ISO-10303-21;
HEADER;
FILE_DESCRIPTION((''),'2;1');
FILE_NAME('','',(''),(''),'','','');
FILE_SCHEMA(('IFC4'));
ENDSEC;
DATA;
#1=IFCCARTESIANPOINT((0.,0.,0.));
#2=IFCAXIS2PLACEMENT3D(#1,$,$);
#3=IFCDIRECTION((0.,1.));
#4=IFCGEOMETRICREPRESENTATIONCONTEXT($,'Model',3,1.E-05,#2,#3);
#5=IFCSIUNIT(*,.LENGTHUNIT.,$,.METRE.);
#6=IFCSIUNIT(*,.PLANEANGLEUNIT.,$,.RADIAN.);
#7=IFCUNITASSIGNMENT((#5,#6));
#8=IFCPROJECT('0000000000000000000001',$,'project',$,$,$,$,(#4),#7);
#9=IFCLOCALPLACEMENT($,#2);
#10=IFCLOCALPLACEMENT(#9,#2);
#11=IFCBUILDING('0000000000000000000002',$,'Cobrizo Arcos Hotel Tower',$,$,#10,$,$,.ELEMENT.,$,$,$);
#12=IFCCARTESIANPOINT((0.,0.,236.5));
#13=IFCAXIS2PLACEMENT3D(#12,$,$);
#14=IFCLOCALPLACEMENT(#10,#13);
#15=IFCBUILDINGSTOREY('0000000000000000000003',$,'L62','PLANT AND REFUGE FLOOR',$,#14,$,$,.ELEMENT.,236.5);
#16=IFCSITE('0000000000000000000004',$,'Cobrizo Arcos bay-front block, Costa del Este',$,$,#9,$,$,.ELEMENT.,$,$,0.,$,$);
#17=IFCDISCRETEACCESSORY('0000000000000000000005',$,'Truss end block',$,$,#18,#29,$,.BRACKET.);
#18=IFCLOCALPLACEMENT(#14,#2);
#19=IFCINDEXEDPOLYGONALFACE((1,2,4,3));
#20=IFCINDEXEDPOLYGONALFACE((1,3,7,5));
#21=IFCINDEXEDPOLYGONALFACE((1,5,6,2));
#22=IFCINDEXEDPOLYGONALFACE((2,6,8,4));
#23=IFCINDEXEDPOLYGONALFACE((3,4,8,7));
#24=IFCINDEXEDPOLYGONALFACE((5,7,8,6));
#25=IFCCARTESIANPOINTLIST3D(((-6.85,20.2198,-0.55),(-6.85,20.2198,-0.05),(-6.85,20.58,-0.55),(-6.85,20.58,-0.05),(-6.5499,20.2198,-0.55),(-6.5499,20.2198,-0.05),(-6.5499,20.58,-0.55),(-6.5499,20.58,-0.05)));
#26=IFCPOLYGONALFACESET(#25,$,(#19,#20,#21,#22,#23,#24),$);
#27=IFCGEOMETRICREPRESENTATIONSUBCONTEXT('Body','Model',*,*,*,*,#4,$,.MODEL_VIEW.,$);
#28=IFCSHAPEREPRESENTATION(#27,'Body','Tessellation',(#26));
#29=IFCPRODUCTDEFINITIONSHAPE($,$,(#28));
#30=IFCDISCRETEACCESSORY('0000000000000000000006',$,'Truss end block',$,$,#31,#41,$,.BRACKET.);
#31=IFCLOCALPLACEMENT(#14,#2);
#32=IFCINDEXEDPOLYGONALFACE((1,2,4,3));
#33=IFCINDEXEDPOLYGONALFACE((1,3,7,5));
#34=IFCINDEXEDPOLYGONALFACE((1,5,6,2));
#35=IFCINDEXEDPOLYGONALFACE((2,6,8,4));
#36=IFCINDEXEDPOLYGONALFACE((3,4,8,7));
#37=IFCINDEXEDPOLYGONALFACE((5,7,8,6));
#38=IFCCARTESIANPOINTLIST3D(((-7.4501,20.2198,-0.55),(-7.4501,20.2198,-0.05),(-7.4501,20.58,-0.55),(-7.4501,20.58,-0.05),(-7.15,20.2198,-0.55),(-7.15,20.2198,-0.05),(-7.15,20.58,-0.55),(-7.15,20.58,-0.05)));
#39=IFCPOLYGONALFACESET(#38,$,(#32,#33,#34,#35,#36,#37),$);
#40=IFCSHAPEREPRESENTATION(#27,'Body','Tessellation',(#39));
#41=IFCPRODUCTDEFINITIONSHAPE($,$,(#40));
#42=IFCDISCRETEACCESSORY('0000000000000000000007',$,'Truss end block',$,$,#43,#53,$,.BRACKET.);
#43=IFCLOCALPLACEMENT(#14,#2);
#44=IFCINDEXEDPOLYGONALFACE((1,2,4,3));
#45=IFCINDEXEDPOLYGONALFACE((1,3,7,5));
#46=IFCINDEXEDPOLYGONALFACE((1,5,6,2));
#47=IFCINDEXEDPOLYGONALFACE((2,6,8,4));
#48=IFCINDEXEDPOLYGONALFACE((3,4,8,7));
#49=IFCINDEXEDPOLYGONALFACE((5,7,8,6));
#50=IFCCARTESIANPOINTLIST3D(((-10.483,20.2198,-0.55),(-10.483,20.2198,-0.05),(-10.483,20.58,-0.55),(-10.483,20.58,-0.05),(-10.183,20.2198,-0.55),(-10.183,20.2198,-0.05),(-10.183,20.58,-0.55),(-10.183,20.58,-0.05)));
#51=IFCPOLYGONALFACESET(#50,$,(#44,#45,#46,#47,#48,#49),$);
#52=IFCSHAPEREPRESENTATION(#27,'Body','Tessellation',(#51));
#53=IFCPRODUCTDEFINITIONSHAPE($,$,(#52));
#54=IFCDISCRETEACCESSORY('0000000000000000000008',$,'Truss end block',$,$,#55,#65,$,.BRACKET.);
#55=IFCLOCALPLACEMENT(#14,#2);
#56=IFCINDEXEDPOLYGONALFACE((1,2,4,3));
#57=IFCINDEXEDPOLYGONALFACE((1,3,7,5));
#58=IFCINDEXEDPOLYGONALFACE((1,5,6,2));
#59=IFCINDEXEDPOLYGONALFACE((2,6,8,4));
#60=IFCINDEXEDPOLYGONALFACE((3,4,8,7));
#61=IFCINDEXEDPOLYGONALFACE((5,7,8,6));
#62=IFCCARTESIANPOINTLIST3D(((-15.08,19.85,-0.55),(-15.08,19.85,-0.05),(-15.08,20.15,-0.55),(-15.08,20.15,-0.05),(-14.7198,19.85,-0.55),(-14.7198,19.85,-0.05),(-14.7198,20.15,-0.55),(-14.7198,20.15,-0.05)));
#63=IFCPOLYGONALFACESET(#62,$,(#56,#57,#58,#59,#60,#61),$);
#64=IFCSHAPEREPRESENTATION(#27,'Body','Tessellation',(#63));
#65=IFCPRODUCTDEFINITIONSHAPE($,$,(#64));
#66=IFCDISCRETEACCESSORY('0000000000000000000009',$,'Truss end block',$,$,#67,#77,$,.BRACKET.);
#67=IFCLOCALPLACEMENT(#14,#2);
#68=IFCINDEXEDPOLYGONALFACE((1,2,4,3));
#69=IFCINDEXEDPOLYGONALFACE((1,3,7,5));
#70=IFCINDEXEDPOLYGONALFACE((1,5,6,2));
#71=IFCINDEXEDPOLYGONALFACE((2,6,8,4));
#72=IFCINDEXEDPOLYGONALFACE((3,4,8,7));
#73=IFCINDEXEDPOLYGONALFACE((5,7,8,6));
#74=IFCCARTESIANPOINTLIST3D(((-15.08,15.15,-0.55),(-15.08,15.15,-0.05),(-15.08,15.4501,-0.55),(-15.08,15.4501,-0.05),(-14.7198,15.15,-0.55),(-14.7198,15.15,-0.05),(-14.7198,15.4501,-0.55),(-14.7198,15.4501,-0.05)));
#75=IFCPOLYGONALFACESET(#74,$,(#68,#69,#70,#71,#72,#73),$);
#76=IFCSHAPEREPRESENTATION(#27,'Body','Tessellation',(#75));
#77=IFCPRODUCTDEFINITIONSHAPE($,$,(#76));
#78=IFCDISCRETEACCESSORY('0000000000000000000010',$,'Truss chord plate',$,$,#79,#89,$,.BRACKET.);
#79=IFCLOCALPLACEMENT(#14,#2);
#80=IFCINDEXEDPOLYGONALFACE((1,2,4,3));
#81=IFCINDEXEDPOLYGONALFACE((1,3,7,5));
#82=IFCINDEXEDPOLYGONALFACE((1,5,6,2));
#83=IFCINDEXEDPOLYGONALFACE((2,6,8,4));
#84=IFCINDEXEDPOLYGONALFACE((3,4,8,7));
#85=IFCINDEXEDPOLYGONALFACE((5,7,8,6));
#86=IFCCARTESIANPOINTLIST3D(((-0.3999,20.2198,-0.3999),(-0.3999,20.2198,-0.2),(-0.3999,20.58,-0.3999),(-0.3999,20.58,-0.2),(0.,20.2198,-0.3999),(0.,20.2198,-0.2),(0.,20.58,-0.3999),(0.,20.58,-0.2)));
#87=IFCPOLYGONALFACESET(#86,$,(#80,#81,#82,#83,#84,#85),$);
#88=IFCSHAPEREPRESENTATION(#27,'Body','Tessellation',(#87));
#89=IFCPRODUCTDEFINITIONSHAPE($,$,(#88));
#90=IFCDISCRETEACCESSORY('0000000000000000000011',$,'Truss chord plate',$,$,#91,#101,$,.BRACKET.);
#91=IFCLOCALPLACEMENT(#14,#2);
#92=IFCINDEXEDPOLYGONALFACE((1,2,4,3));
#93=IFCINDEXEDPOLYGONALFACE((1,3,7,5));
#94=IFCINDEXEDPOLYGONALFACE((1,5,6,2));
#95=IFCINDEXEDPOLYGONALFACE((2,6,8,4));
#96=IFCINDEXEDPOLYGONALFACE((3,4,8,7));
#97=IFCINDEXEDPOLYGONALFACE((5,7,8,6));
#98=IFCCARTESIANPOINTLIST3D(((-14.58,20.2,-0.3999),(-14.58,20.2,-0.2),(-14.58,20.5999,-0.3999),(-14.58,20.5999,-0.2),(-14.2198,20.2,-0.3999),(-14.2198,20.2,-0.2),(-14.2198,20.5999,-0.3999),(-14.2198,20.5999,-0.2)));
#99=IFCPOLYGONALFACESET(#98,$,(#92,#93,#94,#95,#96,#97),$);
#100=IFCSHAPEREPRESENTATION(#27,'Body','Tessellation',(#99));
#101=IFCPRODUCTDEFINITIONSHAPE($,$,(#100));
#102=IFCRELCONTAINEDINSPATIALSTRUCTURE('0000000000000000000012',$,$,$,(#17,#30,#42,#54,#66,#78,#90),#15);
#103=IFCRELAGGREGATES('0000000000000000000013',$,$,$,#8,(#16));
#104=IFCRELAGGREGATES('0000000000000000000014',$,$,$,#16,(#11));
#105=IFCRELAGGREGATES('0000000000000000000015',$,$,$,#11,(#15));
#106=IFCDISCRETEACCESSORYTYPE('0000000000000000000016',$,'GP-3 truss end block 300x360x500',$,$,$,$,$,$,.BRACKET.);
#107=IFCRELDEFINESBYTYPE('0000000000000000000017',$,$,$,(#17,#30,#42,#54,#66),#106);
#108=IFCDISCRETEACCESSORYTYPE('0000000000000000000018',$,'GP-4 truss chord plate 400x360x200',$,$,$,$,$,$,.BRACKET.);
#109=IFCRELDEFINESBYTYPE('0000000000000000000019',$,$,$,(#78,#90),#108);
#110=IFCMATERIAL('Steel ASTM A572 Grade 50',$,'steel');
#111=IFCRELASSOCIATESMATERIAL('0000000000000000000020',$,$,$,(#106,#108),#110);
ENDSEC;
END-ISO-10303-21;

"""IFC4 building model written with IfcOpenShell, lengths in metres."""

from ifc_helpers import new_model, si_unit, direction, frame, origin, origin_2d, place, context, subcontext, project, spatial, rectangle, extrude, material, type_object, element, save


model = new_model("IFC4")

# Units and contexts
model_context = context("Model", 3, precision=1e-05, world=origin(), true_north=direction((0.0, 1.0)))
body_context = subcontext(model_context, "Body", "Model", "MODEL_VIEW")
ifc_project = project(units=[si_unit("LENGTHUNIT", "METRE"), si_unit("PLANEANGLEUNIT", "RADIAN")], contexts=[model_context])

# Site, building, storey
site_placement = place(None, origin())
site = spatial("IfcSite", under=ifc_project, at=site_placement, Name="Cobrizo Arcos bay-front block, Costa del Este", CompositionType="ELEMENT", RefElevation=0.0)
building_placement = place(site_placement, origin())
building = spatial("IfcBuilding", under=site, at=building_placement, Name="Cobrizo Arcos Hotel Tower", CompositionType="ELEMENT")
storey_placement = place(building_placement, frame((0.0, 0.0, 236.5)))
storey = spatial("IfcBuildingStorey", under=building, at=storey_placement, Name="L62", Description="PLANT AND REFUGE FLOOR", CompositionType="ELEMENT", Elevation=236.5)

# Shared definitions
ifc_material_1 = material(Name="Steel ASTM A572 Grade 50", Category="steel")

# Discrete accessories
discrete_accessory_type_1 = type_object("IfcDiscreteAccessoryType", Name="GP-3 truss end block 300x360x500", PredefinedType="BRACKET", material=ifc_material_1)
for number, where, z_axis, x_axis, name in (
    (1, (-6.7, 20.3999, -0.55), (0.0, 0.0, 1.0), (1.0, 0.0, 0.0), "Truss end block"),
    (2, (-7.3, 20.3999, -0.55), (0.0, 0.0, 1.0), (-1.0, 0.0, 0.0), "Truss end block"),
    (3, (-10.333, 20.3999, -0.55), (0.0, 0.0, 1.0), (-1.0, 0.0, 0.0), "Truss end block"),
    (4, (-14.8999, 20.0, -0.55), (0.0, 0.0, 1.0), (0.0, -1.0, 0.0), "Truss end block"),
    (5, (-14.8999, 15.3, -0.55), (0.0, 0.0, 1.0), (0.0, 1.0, 0.0), "Truss end block"),
):
    element("IfcDiscreteAccessory", number, at=place(storey_placement, frame(where, z_axis=z_axis, x_axis=x_axis)), inside=storey, type_object=discrete_accessory_type_1, Name=name, PredefinedType="BRACKET", context=body_context, shape_type="SweptSolid", body=[
        extrude(rectangle(XDim=0.3, YDim=0.3601, at=origin_2d()), origin(), (0.0, 0.0, 1.0), 0.5),
    ])
discrete_accessory_type_2 = type_object("IfcDiscreteAccessoryType", Name="GP-4 truss chord plate 400x360x200", PredefinedType="BRACKET", material=ifc_material_1)
for number, where, z_axis, x_axis, name in (
    (6, (-0.2, 20.3999, -0.3999), (0.0, 0.0, 1.0), (-1.0, 0.0, 0.0), "Truss chord plate"),
    (7, (-14.3999, 20.3999, -0.3999), (0.0, 0.0, 1.0), (0.0, -1.0, 0.0), "Truss chord plate"),
):
    element("IfcDiscreteAccessory", number, at=place(storey_placement, frame(where, z_axis=z_axis, x_axis=x_axis)), inside=storey, type_object=discrete_accessory_type_2, Name=name, PredefinedType="BRACKET", context=body_context, shape_type="SweptSolid", body=[
        extrude(rectangle(XDim=0.3999, YDim=0.3601, at=origin_2d()), origin(), (0.0, 0.0, 1.0), 0.2),
    ])

save(model, "model.ifc")
